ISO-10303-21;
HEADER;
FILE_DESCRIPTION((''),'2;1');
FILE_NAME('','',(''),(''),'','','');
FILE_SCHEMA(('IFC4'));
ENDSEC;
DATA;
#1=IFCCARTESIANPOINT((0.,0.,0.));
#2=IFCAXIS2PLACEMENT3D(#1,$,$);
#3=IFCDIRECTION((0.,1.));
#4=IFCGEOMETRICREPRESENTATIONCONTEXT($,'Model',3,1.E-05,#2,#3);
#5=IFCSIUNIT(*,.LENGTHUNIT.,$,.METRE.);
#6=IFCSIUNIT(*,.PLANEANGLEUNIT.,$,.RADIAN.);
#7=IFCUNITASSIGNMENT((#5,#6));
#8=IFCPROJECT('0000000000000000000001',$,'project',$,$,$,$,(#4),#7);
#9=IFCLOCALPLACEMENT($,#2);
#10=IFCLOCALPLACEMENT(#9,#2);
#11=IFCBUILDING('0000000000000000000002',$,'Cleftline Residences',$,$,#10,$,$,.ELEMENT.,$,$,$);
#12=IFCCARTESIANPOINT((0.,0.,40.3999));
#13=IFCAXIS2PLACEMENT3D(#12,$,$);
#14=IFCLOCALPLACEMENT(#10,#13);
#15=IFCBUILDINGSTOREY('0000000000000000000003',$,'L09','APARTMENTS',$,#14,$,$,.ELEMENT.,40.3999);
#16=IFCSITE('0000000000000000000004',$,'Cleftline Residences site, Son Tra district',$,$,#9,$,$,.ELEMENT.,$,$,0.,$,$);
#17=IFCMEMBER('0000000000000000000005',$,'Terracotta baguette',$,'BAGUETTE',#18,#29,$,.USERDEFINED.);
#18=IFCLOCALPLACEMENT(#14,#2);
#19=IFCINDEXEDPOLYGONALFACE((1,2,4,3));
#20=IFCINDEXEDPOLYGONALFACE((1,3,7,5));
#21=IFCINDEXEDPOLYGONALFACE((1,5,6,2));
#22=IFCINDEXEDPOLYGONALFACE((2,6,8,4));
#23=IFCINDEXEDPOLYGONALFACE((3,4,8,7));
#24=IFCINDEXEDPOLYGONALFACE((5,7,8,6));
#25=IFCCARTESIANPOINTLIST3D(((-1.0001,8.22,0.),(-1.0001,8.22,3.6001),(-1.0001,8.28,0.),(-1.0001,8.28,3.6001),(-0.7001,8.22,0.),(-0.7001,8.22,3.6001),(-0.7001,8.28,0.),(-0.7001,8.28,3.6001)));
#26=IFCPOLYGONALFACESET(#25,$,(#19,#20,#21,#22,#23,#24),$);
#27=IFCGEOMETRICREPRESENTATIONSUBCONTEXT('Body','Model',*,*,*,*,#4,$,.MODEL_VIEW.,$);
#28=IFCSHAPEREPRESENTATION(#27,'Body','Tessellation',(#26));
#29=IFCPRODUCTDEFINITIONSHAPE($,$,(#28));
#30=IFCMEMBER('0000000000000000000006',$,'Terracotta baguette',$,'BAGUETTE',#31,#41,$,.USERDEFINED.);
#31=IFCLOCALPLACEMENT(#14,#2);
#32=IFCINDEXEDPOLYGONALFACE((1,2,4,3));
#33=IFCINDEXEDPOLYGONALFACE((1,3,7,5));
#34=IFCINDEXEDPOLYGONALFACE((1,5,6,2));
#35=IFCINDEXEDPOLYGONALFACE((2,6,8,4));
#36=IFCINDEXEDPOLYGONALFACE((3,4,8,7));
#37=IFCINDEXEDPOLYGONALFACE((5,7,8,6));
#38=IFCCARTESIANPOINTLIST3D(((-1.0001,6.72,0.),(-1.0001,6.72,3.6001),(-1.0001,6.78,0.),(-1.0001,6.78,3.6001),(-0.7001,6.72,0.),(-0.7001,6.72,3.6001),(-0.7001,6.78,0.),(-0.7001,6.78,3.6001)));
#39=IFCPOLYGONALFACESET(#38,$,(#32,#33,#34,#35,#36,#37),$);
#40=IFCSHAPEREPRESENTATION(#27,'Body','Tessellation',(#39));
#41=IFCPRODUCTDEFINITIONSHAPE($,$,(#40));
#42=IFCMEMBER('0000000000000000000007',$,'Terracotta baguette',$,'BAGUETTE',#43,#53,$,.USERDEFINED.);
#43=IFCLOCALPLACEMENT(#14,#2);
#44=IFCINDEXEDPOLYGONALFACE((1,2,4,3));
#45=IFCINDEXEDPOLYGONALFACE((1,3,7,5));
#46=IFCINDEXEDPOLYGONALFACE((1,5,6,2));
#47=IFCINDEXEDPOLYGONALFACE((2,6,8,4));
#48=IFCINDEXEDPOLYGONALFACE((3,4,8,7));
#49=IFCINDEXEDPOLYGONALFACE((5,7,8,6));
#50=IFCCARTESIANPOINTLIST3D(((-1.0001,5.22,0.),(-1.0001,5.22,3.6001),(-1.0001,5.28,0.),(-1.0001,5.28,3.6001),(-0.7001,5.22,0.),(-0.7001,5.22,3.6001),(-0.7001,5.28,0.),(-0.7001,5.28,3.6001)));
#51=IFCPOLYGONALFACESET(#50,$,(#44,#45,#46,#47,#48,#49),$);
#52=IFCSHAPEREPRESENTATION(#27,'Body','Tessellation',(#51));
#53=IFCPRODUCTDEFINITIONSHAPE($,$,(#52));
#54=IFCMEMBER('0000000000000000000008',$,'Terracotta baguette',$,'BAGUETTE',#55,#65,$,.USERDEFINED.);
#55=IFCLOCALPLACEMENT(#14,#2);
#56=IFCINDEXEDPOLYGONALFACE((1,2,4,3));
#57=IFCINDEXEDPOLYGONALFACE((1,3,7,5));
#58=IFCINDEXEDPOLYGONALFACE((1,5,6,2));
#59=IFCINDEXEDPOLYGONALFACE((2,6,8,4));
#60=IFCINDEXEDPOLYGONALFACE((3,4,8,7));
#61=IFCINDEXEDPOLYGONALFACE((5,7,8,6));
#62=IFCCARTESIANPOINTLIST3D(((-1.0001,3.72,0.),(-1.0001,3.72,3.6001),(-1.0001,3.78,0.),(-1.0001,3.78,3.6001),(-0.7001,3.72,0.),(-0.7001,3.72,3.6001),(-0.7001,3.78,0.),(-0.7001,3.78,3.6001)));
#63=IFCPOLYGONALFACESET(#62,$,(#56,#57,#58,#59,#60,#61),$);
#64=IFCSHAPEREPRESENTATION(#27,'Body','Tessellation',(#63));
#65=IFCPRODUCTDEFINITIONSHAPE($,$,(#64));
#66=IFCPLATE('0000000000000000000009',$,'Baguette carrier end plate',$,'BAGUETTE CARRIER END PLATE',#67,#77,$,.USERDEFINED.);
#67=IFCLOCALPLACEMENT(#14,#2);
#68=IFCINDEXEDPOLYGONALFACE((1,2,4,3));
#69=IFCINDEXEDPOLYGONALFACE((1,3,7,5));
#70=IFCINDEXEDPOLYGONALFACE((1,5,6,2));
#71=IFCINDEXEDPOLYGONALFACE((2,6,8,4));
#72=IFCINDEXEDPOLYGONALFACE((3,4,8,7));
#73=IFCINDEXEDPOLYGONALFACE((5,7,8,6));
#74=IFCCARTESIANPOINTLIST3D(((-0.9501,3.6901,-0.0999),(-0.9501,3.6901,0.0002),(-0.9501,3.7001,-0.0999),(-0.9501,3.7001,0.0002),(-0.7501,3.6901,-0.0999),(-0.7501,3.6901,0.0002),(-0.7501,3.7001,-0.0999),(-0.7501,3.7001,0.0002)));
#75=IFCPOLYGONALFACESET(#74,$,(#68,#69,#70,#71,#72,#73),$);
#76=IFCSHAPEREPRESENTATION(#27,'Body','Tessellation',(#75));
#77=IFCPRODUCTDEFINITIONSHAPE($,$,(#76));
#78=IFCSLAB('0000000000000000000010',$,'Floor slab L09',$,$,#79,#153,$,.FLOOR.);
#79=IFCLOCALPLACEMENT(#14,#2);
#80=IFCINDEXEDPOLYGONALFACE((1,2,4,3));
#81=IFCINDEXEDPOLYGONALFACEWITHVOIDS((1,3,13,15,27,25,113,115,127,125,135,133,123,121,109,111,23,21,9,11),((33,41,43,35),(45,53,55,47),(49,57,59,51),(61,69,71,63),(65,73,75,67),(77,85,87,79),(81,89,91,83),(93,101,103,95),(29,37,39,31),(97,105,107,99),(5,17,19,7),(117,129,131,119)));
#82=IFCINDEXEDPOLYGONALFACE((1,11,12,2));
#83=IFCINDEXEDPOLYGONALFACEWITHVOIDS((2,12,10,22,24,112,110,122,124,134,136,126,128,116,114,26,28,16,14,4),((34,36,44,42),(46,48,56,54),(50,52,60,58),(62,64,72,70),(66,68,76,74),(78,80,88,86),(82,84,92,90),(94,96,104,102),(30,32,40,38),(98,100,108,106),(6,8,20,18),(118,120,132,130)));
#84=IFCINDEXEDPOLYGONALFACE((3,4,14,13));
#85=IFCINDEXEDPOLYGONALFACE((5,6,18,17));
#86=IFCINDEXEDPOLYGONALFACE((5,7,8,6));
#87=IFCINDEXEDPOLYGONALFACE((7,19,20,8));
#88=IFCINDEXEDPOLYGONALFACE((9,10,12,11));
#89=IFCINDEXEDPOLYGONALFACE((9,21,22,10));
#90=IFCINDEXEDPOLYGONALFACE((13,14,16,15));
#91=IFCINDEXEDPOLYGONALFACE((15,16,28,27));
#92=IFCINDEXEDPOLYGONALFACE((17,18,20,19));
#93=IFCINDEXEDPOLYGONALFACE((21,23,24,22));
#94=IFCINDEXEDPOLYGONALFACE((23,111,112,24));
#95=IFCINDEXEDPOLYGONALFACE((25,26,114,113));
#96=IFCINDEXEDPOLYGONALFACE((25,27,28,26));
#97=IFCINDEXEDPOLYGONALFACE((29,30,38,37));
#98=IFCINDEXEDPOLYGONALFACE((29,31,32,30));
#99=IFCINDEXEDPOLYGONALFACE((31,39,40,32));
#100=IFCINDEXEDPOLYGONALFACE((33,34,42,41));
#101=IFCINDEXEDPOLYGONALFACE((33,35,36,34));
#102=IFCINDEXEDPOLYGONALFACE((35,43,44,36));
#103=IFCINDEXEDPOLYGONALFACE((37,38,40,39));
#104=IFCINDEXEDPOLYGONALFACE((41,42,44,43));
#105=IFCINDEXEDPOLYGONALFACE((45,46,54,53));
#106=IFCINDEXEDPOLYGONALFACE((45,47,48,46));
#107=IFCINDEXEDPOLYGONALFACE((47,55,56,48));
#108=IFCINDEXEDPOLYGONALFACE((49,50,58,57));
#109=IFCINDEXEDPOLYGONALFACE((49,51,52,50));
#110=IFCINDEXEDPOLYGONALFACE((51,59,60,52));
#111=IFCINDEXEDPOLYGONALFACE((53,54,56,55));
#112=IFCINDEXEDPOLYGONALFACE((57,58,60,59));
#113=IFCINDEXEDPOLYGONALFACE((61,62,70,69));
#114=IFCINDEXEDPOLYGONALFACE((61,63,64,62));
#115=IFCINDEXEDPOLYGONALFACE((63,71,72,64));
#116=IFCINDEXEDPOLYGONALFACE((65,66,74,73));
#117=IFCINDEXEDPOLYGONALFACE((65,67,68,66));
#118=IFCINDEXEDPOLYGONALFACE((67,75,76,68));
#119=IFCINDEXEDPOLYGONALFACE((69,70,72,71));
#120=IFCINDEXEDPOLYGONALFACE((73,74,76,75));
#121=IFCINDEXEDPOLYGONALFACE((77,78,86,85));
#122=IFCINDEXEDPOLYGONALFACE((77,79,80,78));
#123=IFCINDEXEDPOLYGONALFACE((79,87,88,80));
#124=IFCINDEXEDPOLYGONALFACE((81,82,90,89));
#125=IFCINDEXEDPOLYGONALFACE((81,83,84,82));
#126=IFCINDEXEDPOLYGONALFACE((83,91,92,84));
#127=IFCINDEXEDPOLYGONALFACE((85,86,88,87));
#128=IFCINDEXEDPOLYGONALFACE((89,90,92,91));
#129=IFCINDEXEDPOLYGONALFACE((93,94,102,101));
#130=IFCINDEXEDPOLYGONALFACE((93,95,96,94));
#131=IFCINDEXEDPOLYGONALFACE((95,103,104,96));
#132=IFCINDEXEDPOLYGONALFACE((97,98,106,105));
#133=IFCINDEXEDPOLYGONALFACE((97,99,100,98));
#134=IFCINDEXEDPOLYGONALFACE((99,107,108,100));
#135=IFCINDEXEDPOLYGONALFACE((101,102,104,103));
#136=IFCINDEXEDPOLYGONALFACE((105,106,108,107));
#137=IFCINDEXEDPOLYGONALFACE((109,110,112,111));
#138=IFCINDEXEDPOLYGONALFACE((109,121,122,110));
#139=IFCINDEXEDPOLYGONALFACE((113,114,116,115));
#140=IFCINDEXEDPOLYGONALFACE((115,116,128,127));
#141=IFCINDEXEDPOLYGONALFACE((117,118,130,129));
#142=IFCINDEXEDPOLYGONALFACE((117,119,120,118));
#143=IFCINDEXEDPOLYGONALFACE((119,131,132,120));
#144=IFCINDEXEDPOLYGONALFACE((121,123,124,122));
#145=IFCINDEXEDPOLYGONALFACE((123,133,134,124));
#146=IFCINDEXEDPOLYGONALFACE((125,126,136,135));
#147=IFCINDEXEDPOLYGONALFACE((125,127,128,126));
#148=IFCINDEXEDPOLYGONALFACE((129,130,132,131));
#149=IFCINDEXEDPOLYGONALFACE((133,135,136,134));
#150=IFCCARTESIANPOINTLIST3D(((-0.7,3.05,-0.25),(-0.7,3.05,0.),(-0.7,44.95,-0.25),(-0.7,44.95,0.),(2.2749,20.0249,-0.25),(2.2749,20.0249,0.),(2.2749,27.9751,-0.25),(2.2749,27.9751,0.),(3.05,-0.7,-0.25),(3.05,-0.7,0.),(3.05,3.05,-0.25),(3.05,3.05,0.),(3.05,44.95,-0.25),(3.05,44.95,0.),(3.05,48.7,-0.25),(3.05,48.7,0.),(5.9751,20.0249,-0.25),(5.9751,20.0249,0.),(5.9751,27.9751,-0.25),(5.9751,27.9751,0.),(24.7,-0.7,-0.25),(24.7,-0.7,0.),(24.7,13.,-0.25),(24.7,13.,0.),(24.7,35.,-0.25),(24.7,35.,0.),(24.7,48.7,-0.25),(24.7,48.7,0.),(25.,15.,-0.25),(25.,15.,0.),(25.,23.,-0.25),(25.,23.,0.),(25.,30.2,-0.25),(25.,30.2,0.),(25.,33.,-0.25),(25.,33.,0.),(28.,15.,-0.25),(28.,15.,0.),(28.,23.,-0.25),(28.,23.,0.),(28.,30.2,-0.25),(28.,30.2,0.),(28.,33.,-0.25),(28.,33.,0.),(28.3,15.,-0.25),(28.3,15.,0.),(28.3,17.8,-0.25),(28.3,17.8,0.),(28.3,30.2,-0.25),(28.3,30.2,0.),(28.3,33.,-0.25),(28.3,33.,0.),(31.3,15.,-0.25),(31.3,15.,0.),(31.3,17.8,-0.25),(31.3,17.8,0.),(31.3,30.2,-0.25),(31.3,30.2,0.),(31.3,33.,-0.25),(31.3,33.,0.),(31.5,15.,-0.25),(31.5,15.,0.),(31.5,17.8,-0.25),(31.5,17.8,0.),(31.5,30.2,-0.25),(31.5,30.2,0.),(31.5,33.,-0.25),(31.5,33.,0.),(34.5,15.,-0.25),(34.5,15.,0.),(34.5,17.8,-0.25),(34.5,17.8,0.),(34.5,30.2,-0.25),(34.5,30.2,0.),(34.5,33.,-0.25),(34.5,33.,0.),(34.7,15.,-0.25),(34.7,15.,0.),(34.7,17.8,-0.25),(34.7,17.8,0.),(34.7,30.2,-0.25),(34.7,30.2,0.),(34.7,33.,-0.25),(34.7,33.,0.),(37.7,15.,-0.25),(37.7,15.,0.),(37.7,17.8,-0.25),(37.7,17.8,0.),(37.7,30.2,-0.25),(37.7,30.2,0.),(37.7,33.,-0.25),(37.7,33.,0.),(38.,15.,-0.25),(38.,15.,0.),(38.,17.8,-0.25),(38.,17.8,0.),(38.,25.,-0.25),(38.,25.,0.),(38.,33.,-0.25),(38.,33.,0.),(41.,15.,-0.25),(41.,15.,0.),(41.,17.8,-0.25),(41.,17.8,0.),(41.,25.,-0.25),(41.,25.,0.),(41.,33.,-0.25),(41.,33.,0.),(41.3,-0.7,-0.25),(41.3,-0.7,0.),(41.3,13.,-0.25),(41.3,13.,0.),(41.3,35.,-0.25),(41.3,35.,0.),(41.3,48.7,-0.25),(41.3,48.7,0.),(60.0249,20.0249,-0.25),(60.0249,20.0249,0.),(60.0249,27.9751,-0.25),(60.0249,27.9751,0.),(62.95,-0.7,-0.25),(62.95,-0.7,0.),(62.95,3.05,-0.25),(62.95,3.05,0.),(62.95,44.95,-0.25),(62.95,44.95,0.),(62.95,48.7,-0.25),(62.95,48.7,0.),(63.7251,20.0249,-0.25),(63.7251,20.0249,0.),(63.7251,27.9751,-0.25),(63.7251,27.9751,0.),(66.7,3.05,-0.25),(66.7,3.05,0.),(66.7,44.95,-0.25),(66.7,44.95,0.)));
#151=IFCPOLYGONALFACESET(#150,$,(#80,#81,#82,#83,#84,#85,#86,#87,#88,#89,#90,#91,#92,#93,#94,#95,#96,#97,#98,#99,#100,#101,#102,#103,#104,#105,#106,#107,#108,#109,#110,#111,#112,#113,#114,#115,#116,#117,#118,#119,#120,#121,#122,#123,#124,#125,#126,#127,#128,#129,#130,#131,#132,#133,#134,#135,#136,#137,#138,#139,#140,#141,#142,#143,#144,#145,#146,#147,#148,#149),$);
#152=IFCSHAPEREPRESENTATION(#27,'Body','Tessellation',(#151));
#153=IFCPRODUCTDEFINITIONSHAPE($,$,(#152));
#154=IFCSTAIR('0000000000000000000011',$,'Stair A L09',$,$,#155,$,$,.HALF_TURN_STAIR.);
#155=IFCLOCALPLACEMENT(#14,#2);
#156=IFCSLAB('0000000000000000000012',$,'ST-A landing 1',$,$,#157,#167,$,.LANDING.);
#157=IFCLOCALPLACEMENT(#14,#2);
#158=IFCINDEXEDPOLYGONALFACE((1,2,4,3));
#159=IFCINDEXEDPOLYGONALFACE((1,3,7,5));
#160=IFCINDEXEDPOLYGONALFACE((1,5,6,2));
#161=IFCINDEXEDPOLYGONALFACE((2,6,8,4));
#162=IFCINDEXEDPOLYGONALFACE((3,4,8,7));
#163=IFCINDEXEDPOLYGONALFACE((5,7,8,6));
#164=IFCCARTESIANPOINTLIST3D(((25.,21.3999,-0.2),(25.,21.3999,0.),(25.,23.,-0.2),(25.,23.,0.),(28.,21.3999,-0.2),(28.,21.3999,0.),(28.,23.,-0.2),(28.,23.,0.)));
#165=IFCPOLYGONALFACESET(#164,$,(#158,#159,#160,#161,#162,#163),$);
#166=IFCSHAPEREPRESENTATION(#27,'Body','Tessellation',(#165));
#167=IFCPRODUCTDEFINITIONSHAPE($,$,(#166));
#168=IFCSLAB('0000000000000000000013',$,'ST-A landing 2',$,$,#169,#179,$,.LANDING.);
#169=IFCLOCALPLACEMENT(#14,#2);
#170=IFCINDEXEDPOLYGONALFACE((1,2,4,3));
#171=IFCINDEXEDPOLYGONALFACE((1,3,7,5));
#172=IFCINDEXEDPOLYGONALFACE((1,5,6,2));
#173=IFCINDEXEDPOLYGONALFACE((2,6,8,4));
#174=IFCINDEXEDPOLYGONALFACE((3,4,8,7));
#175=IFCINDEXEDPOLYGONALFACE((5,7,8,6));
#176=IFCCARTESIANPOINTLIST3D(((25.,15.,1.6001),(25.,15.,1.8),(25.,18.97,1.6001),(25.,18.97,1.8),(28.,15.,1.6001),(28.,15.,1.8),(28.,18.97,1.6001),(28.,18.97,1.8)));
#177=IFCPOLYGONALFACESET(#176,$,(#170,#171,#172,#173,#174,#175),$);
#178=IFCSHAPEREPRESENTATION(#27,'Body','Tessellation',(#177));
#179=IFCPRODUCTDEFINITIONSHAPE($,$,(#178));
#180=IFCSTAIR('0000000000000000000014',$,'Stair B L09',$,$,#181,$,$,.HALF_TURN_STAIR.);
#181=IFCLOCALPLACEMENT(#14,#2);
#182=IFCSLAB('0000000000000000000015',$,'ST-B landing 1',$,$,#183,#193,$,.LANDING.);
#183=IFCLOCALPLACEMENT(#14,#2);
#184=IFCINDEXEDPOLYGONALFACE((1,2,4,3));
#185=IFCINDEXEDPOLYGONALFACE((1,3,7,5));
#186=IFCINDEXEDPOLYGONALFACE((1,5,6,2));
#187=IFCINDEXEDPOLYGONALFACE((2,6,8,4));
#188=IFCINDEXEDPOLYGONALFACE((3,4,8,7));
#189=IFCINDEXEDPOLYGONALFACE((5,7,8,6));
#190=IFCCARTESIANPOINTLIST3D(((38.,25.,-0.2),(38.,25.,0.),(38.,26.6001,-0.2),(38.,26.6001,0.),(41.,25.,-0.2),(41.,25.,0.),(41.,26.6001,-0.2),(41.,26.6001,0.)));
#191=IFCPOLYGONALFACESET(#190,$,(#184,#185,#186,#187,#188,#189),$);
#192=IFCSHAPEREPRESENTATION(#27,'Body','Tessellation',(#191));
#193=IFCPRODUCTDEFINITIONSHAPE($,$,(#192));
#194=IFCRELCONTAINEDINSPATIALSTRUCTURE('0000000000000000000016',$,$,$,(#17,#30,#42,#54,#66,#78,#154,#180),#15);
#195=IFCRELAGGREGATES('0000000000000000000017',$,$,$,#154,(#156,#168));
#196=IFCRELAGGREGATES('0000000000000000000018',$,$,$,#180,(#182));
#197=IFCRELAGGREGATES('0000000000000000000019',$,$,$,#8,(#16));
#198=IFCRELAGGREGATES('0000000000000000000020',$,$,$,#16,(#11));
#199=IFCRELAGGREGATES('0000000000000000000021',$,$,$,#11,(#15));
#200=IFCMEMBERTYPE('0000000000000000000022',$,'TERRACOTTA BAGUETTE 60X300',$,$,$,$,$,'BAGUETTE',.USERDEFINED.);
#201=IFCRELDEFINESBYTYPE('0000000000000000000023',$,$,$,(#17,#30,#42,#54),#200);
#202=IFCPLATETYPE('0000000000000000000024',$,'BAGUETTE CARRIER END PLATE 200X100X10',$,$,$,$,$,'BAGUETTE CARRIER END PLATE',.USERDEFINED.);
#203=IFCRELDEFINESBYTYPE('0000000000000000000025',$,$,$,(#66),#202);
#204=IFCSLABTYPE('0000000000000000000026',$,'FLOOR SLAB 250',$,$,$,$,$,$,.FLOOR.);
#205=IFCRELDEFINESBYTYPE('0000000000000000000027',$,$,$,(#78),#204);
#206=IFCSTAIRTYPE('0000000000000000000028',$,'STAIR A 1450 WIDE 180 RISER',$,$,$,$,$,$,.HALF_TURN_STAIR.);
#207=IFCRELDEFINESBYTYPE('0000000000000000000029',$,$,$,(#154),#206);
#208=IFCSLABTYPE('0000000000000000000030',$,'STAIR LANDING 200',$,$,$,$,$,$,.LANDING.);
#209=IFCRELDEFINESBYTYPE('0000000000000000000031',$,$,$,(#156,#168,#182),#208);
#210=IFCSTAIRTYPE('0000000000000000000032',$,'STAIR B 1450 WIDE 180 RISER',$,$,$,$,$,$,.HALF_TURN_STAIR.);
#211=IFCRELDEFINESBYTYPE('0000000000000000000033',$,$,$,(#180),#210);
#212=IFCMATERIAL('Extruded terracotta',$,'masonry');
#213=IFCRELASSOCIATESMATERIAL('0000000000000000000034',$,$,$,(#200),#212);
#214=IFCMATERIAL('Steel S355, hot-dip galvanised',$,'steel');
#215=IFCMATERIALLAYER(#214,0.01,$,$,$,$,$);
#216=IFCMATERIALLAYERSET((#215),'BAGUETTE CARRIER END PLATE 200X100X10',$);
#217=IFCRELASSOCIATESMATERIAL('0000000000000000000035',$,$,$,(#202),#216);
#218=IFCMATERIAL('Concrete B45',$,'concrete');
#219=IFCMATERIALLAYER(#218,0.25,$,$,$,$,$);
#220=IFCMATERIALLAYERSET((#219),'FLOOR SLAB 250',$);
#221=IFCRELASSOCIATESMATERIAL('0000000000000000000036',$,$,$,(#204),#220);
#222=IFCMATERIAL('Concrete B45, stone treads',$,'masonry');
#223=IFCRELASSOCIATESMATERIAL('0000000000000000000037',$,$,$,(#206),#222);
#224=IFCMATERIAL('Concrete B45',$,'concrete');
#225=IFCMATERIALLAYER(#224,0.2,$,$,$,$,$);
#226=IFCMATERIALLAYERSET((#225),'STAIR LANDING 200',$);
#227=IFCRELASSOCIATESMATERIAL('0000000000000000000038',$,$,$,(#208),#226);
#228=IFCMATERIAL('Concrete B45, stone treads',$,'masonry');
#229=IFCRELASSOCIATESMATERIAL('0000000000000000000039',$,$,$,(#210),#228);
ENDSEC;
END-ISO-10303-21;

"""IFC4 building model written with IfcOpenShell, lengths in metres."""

from ifc_helpers import new_model, si_unit, direction, frame, origin, origin_2d, place, context, subcontext, project, spatial, polyline, rectangle, outline, extrude, material, layer, layer_set, material_profile, profile_set, type_object, element, aggregate, save


model = new_model("IFC4")

# Units and contexts
model_context = context("Model", 3, precision=1e-05, world=origin(), true_north=direction((0.0, 1.0)))
body_context = subcontext(model_context, "Body", "Model", "MODEL_VIEW")
ifc_project = project(units=[si_unit("LENGTHUNIT", "METRE"), si_unit("PLANEANGLEUNIT", "RADIAN")], contexts=[model_context])

# Site, building, storey
site_placement = place(None, origin())
site = spatial("IfcSite", under=ifc_project, at=site_placement, Name="Cleftline Residences site, Son Tra district", CompositionType="ELEMENT", RefElevation=0.0)
building_placement = place(site_placement, origin())
building = spatial("IfcBuilding", under=site, at=building_placement, Name="Cleftline Residences", CompositionType="ELEMENT")
storey_placement = place(building_placement, frame((0.0, 0.0, 40.3999)))
storey = spatial("IfcBuildingStorey", under=building, at=storey_placement, Name="L09", Description="APARTMENTS", CompositionType="ELEMENT", Elevation=40.3999)

# Members
ifc_material_1 = material(Name="Extruded terracotta", Category="masonry")
ifc_material_profile_1 = material_profile(ifc_material_1, rectangle(XDim=0.0601, YDim=0.3, at=origin_2d()))
ifc_profile_set_1 = profile_set([ifc_material_profile_1], Name="Extruded terracotta")
member_type_1 = type_object("IfcMemberType", Name="TERRACOTTA BAGUETTE 60X300", ElementType="BAGUETTE", PredefinedType="USERDEFINED", material=ifc_profile_set_1)
for number, where, z_axis, x_axis, name in (
    (1, (-0.8501, 8.25, 0.0), (0.0, 0.0, 1.0), (0.0, 1.0, 0.0), "Terracotta baguette"),
    (2, (-0.8501, 6.75, 0.0), (0.0, 0.0, 1.0), (0.0, 1.0, 0.0), "Terracotta baguette"),
    (3, (-0.8501, 5.25, 0.0), (0.0, 0.0, 1.0), (0.0, 1.0, 0.0), "Terracotta baguette"),
    (4, (-0.8501, 3.75, 0.0), (0.0, 0.0, 1.0), (0.0, 1.0, 0.0), "Terracotta baguette"),
):
    element("IfcMember", number, at=place(storey_placement, frame(where, z_axis=z_axis, x_axis=x_axis)), inside=storey, type_object=member_type_1, Name=name, ObjectType="BAGUETTE", PredefinedType="USERDEFINED", context=body_context, shape_type="SweptSolid", body=[
        extrude(rectangle(XDim=0.0601, YDim=0.3, at=origin_2d()), origin(), (0.0, 0.0, 1.0), 3.6001),
    ])

# Plate
ifc_material_2 = material(Name="Steel S355, hot-dip galvanised", Category="steel")
ifc_layer_1 = layer(ifc_material_2, 0.01)
ifc_layer_set_1 = layer_set([ifc_layer_1], Name="BAGUETTE CARRIER END PLATE 200X100X10")
plate_type = type_object("IfcPlateType", Name="BAGUETTE CARRIER END PLATE 200X100X10", ElementType="BAGUETTE CARRIER END PLATE", PredefinedType="USERDEFINED", material=ifc_layer_set_1)
plate_placement = place(storey_placement, frame((-0.8501, 3.6951, -0.0999), z_axis=(0.0, 0.0, 1.0), x_axis=(-1.0, 0.0, 0.0)))
element("IfcPlate", 5, at=plate_placement, inside=storey, type_object=plate_type, Name="Baguette carrier end plate", ObjectType="BAGUETTE CARRIER END PLATE", PredefinedType="USERDEFINED", context=body_context, shape_type="SweptSolid", body=[
    extrude(rectangle(XDim=0.2, YDim=0.01, at=origin_2d()), origin(), (0.0, 0.0, 1.0), 0.1001),
])

# Slab
ifc_material_3 = material(Name="Concrete B45", Category="concrete")
ifc_layer_2 = layer(ifc_material_3, 0.25)
ifc_layer_set_2 = layer_set([ifc_layer_2], Name="FLOOR SLAB 250")
slab_type_1 = type_object("IfcSlabType", Name="FLOOR SLAB 250", PredefinedType="FLOOR", material=ifc_layer_set_2)
slab_1_placement = place(storey_placement, frame((0.0, 0.0, -0.25)))
element("IfcSlab", 6, at=slab_1_placement, inside=storey, type_object=slab_type_1, Name="Floor slab L09", PredefinedType="FLOOR", context=body_context, shape_type="SweptSolid", body=[
    extrude(outline(polyline([(24.7, 13.0), (41.3, 13.0), (41.3, -0.7), (62.95, -0.7), (62.95, 3.05), (66.7, 3.05), (66.7, 44.95), (62.95, 44.95), (62.95, 48.7), (41.3, 48.7), (41.3, 35.0), (24.7, 35.0), (24.7, 48.7), (3.05, 48.7), (3.05, 44.95), (-0.7, 44.95), (-0.7, 3.05), (3.05, 3.05), (3.05, -0.7), (24.7, -0.7), (24.7, 13.0)]), holes=[polyline([(28.0, 15.0), (28.0, 23.0), (25.0, 23.0), (25.0, 15.0), (28.0, 15.0)]), polyline([(41.0, 25.0), (41.0, 33.0), (38.0, 33.0), (38.0, 25.0), (41.0, 25.0)]), polyline([(28.0, 30.2), (28.0, 33.0), (25.0, 33.0), (25.0, 30.2), (28.0, 30.2)]), polyline([(41.0, 15.0), (41.0, 17.8), (38.0, 17.8), (38.0, 15.0), (41.0, 15.0)]), polyline([(31.3, 15.0), (31.3, 17.8), (28.3, 17.8), (28.3, 15.0), (31.3, 15.0)]), polyline([(34.5, 15.0), (34.5, 17.8), (31.5, 17.8), (31.5, 15.0), (34.5, 15.0)]), polyline([(37.7, 15.0), (37.7, 17.8), (34.7, 17.8), (34.7, 15.0), (37.7, 15.0)]), polyline([(31.3, 30.2), (31.3, 33.0), (28.3, 33.0), (28.3, 30.2), (31.3, 30.2)]), polyline([(34.5, 30.2), (34.5, 33.0), (31.5, 33.0), (31.5, 30.2), (34.5, 30.2)]), polyline([(37.7, 30.2), (37.7, 33.0), (34.7, 33.0), (34.7, 30.2), (37.7, 30.2)]), polyline([(63.7251, 20.0249), (63.7251, 27.9751), (60.0249, 27.9751), (60.0249, 20.0249), (63.7251, 20.0249)]), polyline([(5.9751, 20.0249), (5.9751, 27.9751), (2.2749, 27.9751), (2.2749, 20.0249), (5.9751, 20.0249)])]), origin(), (0.0, 0.0, 1.0), 0.25),
])

# Stairs, slabs
ifc_material_4 = material(Name="Concrete B45, stone treads", Category="masonry")
stair_type_1 = type_object("IfcStairType", Name="STAIR A 1450 WIDE 180 RISER", PredefinedType="HALF_TURN_STAIR", material=ifc_material_4)
stair_1_placement = place(storey_placement, origin())
stair_1 = element("IfcStair", 7, at=stair_1_placement, inside=storey, type_object=stair_type_1, Name="Stair A L09", PredefinedType="HALF_TURN_STAIR")
ifc_material_5 = material(Name="Concrete B45", Category="concrete")
ifc_layer_3 = layer(ifc_material_5, 0.2)
ifc_layer_set_3 = layer_set([ifc_layer_3], Name="STAIR LANDING 200")
slab_type_2 = type_object("IfcSlabType", Name="STAIR LANDING 200", PredefinedType="LANDING", material=ifc_layer_set_3)
slab_2_placement = place(storey_placement, frame((0.0, 0.0, -0.2)))
slab_2 = element("IfcSlab", 8, at=slab_2_placement, type_object=slab_type_2, Name="ST-A landing 1", PredefinedType="LANDING", context=body_context, shape_type="SweptSolid", body=[
    extrude(outline(polyline([(25.0, 21.3999), (28.0, 21.3999), (28.0, 23.0), (25.0, 23.0), (25.0, 21.3999)])), origin(), (0.0, 0.0, 1.0), 0.2),
])
slab_3_placement = place(storey_placement, frame((0.0, 0.0, 1.6001)))
slab_3 = element("IfcSlab", 9, at=slab_3_placement, type_object=slab_type_2, Name="ST-A landing 2", PredefinedType="LANDING", context=body_context, shape_type="SweptSolid", body=[
    extrude(outline(polyline([(25.0, 15.0), (28.0, 15.0), (28.0, 18.97), (25.0, 18.97), (25.0, 15.0)])), origin(), (0.0, 0.0, 1.0), 0.2),
])
aggregate(stair_1, [slab_2, slab_3])
ifc_material_6 = material(Name="Concrete B45, stone treads", Category="masonry")
stair_type_2 = type_object("IfcStairType", Name="STAIR B 1450 WIDE 180 RISER", PredefinedType="HALF_TURN_STAIR", material=ifc_material_6)
stair_2_placement = place(storey_placement, origin())
stair_2 = element("IfcStair", 10, at=stair_2_placement, inside=storey, type_object=stair_type_2, Name="Stair B L09", PredefinedType="HALF_TURN_STAIR")
slab_4_placement = place(storey_placement, frame((0.0, 0.0, -0.2)))
slab_4 = element("IfcSlab", 11, at=slab_4_placement, type_object=slab_type_2, Name="ST-B landing 1", PredefinedType="LANDING", context=body_context, shape_type="SweptSolid", body=[
    extrude(outline(polyline([(38.0, 25.0), (41.0, 25.0), (41.0, 26.6001), (38.0, 26.6001), (38.0, 25.0)])), origin(), (0.0, 0.0, 1.0), 0.2),
])
aggregate(stair_2, [slab_4])

save(model, "model.ifc")
